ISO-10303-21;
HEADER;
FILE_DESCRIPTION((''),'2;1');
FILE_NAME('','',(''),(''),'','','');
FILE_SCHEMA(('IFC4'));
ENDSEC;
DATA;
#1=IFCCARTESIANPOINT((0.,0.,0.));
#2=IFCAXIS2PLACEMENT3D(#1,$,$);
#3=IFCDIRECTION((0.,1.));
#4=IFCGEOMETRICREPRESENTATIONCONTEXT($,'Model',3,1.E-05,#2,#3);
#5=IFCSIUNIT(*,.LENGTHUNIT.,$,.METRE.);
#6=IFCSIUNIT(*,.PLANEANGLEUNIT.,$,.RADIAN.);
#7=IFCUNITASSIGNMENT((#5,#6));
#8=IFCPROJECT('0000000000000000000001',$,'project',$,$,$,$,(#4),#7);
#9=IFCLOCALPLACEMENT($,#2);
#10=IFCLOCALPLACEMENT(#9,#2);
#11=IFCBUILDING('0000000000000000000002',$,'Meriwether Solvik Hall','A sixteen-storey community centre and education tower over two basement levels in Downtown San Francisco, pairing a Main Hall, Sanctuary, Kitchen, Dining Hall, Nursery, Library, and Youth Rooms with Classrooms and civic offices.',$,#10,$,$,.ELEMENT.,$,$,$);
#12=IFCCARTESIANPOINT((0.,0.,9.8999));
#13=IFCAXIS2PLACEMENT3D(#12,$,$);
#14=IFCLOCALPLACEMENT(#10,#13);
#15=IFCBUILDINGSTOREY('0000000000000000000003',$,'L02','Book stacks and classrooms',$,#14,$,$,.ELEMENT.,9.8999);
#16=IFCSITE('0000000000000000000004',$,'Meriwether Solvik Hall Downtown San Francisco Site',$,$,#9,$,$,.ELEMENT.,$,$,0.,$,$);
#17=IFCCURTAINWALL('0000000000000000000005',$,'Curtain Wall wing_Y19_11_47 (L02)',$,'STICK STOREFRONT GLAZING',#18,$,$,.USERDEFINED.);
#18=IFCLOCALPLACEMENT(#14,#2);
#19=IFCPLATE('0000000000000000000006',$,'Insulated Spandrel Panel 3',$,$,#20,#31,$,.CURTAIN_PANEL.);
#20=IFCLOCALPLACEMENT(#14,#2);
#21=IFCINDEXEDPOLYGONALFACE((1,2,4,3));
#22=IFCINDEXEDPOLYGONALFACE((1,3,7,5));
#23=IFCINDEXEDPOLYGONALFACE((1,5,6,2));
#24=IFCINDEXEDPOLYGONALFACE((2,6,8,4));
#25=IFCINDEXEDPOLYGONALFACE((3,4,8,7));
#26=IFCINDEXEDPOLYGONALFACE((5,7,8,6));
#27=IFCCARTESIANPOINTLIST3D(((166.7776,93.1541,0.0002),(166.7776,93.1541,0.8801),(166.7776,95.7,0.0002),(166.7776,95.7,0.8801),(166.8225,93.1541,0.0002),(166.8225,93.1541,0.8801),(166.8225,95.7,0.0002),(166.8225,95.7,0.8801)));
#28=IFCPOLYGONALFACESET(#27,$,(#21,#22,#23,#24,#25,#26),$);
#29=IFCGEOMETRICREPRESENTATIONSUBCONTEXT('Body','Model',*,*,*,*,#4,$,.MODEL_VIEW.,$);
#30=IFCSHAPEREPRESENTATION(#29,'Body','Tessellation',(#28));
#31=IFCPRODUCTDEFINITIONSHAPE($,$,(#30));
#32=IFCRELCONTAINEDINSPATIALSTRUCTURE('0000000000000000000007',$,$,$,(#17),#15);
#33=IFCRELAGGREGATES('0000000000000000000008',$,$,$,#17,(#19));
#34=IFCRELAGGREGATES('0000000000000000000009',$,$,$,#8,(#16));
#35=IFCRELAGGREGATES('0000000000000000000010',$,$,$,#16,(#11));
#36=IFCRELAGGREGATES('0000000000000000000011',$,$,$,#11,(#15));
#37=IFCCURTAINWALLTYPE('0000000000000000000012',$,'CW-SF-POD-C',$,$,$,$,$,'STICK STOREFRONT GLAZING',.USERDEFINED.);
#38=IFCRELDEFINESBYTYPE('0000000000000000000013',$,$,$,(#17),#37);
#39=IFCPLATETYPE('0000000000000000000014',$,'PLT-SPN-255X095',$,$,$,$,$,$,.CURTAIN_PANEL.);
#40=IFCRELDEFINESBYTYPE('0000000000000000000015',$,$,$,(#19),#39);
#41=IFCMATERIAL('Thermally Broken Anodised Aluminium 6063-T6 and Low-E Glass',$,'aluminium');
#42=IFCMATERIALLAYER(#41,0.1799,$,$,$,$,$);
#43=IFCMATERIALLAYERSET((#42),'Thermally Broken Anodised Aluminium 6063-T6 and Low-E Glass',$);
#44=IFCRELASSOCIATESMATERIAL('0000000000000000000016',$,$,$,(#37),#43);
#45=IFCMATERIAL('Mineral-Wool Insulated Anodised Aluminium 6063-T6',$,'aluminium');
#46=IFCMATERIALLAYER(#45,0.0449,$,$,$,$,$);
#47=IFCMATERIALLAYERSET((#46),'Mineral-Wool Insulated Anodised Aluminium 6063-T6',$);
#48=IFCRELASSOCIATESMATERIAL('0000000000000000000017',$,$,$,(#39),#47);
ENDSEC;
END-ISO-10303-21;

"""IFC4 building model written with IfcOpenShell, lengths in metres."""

from ifc_helpers import new_model, si_unit, direction, frame, origin, origin_2d, place, context, subcontext, project, spatial, rectangle, extrude, material, layer, layer_set, type_object, element, aggregate, save


model = new_model("IFC4")

# Units and contexts
model_context = context("Model", 3, precision=1e-05, world=origin(), true_north=direction((0.0, 1.0)))
body_context = subcontext(model_context, "Body", "Model", "MODEL_VIEW")
ifc_project = project(units=[si_unit("LENGTHUNIT", "METRE"), si_unit("PLANEANGLEUNIT", "RADIAN")], contexts=[model_context])

# Site, building, storey
site_placement = place(None, origin())
site = spatial("IfcSite", under=ifc_project, at=site_placement, Name="Meriwether Solvik Hall Downtown San Francisco Site", CompositionType="ELEMENT", RefElevation=0.0)
building_placement = place(site_placement, origin())
building = spatial("IfcBuilding", under=site, at=building_placement, Name="Meriwether Solvik Hall", Description="A sixteen-storey community centre and education tower over two basement levels in Downtown San Francisco, pairing a Main Hall, Sanctuary, Kitchen, Dining Hall, Nursery, Library, and Youth Rooms with Classrooms and civic offices.", CompositionType="ELEMENT")
storey_placement = place(building_placement, frame((0.0, 0.0, 9.8999)))
storey = spatial("IfcBuildingStorey", under=building, at=storey_placement, Name="L02", Description="Book stacks and classrooms", CompositionType="ELEMENT", Elevation=9.8999)

# Curtain wall, plate
ifc_material_1 = material(Name="Thermally Broken Anodised Aluminium 6063-T6 and Low-E Glass", Category="aluminium")
ifc_layer_1 = layer(ifc_material_1, 0.1799)
ifc_layer_set_1 = layer_set([ifc_layer_1], Name="Thermally Broken Anodised Aluminium 6063-T6 and Low-E Glass")
curtain_wall_type = type_object("IfcCurtainWallType", Name="CW-SF-POD-C", ElementType="STICK STOREFRONT GLAZING", PredefinedType="USERDEFINED", material=ifc_layer_set_1)
curtain_wall_placement = place(storey_placement, origin())
curtain_wall = element("IfcCurtainWall", 1, at=curtain_wall_placement, inside=storey, type_object=curtain_wall_type, Name="Curtain Wall wing_Y19_11_47 (L02)", ObjectType="STICK STOREFRONT GLAZING", PredefinedType="USERDEFINED")
ifc_material_2 = material(Name="Mineral-Wool Insulated Anodised Aluminium 6063-T6", Category="aluminium")
ifc_layer_2 = layer(ifc_material_2, 0.0449)
ifc_layer_set_2 = layer_set([ifc_layer_2], Name="Mineral-Wool Insulated Anodised Aluminium 6063-T6")
plate_type_1 = type_object("IfcPlateType", Name="PLT-SPN-255X095", PredefinedType="CURTAIN_PANEL", material=ifc_layer_set_2)
plate_1_placement = place(storey_placement, frame((166.8, 94.427, 0.0002), z_axis=(0.0, 0.0, 1.0), x_axis=(0.0, -1.0, 0.0)))
plate_1 = element("IfcPlate", 2, at=plate_1_placement, type_object=plate_type_1, Name="Insulated Spandrel Panel 3", PredefinedType="CURTAIN_PANEL", context=body_context, shape_type="SweptSolid", body=[
    extrude(rectangle(XDim=2.5459, YDim=0.0449, at=origin_2d()), origin(), (0.0, 0.0, 1.0), 0.8799),
])
aggregate(curtain_wall, [plate_1])

save(model, "model.ifc")
